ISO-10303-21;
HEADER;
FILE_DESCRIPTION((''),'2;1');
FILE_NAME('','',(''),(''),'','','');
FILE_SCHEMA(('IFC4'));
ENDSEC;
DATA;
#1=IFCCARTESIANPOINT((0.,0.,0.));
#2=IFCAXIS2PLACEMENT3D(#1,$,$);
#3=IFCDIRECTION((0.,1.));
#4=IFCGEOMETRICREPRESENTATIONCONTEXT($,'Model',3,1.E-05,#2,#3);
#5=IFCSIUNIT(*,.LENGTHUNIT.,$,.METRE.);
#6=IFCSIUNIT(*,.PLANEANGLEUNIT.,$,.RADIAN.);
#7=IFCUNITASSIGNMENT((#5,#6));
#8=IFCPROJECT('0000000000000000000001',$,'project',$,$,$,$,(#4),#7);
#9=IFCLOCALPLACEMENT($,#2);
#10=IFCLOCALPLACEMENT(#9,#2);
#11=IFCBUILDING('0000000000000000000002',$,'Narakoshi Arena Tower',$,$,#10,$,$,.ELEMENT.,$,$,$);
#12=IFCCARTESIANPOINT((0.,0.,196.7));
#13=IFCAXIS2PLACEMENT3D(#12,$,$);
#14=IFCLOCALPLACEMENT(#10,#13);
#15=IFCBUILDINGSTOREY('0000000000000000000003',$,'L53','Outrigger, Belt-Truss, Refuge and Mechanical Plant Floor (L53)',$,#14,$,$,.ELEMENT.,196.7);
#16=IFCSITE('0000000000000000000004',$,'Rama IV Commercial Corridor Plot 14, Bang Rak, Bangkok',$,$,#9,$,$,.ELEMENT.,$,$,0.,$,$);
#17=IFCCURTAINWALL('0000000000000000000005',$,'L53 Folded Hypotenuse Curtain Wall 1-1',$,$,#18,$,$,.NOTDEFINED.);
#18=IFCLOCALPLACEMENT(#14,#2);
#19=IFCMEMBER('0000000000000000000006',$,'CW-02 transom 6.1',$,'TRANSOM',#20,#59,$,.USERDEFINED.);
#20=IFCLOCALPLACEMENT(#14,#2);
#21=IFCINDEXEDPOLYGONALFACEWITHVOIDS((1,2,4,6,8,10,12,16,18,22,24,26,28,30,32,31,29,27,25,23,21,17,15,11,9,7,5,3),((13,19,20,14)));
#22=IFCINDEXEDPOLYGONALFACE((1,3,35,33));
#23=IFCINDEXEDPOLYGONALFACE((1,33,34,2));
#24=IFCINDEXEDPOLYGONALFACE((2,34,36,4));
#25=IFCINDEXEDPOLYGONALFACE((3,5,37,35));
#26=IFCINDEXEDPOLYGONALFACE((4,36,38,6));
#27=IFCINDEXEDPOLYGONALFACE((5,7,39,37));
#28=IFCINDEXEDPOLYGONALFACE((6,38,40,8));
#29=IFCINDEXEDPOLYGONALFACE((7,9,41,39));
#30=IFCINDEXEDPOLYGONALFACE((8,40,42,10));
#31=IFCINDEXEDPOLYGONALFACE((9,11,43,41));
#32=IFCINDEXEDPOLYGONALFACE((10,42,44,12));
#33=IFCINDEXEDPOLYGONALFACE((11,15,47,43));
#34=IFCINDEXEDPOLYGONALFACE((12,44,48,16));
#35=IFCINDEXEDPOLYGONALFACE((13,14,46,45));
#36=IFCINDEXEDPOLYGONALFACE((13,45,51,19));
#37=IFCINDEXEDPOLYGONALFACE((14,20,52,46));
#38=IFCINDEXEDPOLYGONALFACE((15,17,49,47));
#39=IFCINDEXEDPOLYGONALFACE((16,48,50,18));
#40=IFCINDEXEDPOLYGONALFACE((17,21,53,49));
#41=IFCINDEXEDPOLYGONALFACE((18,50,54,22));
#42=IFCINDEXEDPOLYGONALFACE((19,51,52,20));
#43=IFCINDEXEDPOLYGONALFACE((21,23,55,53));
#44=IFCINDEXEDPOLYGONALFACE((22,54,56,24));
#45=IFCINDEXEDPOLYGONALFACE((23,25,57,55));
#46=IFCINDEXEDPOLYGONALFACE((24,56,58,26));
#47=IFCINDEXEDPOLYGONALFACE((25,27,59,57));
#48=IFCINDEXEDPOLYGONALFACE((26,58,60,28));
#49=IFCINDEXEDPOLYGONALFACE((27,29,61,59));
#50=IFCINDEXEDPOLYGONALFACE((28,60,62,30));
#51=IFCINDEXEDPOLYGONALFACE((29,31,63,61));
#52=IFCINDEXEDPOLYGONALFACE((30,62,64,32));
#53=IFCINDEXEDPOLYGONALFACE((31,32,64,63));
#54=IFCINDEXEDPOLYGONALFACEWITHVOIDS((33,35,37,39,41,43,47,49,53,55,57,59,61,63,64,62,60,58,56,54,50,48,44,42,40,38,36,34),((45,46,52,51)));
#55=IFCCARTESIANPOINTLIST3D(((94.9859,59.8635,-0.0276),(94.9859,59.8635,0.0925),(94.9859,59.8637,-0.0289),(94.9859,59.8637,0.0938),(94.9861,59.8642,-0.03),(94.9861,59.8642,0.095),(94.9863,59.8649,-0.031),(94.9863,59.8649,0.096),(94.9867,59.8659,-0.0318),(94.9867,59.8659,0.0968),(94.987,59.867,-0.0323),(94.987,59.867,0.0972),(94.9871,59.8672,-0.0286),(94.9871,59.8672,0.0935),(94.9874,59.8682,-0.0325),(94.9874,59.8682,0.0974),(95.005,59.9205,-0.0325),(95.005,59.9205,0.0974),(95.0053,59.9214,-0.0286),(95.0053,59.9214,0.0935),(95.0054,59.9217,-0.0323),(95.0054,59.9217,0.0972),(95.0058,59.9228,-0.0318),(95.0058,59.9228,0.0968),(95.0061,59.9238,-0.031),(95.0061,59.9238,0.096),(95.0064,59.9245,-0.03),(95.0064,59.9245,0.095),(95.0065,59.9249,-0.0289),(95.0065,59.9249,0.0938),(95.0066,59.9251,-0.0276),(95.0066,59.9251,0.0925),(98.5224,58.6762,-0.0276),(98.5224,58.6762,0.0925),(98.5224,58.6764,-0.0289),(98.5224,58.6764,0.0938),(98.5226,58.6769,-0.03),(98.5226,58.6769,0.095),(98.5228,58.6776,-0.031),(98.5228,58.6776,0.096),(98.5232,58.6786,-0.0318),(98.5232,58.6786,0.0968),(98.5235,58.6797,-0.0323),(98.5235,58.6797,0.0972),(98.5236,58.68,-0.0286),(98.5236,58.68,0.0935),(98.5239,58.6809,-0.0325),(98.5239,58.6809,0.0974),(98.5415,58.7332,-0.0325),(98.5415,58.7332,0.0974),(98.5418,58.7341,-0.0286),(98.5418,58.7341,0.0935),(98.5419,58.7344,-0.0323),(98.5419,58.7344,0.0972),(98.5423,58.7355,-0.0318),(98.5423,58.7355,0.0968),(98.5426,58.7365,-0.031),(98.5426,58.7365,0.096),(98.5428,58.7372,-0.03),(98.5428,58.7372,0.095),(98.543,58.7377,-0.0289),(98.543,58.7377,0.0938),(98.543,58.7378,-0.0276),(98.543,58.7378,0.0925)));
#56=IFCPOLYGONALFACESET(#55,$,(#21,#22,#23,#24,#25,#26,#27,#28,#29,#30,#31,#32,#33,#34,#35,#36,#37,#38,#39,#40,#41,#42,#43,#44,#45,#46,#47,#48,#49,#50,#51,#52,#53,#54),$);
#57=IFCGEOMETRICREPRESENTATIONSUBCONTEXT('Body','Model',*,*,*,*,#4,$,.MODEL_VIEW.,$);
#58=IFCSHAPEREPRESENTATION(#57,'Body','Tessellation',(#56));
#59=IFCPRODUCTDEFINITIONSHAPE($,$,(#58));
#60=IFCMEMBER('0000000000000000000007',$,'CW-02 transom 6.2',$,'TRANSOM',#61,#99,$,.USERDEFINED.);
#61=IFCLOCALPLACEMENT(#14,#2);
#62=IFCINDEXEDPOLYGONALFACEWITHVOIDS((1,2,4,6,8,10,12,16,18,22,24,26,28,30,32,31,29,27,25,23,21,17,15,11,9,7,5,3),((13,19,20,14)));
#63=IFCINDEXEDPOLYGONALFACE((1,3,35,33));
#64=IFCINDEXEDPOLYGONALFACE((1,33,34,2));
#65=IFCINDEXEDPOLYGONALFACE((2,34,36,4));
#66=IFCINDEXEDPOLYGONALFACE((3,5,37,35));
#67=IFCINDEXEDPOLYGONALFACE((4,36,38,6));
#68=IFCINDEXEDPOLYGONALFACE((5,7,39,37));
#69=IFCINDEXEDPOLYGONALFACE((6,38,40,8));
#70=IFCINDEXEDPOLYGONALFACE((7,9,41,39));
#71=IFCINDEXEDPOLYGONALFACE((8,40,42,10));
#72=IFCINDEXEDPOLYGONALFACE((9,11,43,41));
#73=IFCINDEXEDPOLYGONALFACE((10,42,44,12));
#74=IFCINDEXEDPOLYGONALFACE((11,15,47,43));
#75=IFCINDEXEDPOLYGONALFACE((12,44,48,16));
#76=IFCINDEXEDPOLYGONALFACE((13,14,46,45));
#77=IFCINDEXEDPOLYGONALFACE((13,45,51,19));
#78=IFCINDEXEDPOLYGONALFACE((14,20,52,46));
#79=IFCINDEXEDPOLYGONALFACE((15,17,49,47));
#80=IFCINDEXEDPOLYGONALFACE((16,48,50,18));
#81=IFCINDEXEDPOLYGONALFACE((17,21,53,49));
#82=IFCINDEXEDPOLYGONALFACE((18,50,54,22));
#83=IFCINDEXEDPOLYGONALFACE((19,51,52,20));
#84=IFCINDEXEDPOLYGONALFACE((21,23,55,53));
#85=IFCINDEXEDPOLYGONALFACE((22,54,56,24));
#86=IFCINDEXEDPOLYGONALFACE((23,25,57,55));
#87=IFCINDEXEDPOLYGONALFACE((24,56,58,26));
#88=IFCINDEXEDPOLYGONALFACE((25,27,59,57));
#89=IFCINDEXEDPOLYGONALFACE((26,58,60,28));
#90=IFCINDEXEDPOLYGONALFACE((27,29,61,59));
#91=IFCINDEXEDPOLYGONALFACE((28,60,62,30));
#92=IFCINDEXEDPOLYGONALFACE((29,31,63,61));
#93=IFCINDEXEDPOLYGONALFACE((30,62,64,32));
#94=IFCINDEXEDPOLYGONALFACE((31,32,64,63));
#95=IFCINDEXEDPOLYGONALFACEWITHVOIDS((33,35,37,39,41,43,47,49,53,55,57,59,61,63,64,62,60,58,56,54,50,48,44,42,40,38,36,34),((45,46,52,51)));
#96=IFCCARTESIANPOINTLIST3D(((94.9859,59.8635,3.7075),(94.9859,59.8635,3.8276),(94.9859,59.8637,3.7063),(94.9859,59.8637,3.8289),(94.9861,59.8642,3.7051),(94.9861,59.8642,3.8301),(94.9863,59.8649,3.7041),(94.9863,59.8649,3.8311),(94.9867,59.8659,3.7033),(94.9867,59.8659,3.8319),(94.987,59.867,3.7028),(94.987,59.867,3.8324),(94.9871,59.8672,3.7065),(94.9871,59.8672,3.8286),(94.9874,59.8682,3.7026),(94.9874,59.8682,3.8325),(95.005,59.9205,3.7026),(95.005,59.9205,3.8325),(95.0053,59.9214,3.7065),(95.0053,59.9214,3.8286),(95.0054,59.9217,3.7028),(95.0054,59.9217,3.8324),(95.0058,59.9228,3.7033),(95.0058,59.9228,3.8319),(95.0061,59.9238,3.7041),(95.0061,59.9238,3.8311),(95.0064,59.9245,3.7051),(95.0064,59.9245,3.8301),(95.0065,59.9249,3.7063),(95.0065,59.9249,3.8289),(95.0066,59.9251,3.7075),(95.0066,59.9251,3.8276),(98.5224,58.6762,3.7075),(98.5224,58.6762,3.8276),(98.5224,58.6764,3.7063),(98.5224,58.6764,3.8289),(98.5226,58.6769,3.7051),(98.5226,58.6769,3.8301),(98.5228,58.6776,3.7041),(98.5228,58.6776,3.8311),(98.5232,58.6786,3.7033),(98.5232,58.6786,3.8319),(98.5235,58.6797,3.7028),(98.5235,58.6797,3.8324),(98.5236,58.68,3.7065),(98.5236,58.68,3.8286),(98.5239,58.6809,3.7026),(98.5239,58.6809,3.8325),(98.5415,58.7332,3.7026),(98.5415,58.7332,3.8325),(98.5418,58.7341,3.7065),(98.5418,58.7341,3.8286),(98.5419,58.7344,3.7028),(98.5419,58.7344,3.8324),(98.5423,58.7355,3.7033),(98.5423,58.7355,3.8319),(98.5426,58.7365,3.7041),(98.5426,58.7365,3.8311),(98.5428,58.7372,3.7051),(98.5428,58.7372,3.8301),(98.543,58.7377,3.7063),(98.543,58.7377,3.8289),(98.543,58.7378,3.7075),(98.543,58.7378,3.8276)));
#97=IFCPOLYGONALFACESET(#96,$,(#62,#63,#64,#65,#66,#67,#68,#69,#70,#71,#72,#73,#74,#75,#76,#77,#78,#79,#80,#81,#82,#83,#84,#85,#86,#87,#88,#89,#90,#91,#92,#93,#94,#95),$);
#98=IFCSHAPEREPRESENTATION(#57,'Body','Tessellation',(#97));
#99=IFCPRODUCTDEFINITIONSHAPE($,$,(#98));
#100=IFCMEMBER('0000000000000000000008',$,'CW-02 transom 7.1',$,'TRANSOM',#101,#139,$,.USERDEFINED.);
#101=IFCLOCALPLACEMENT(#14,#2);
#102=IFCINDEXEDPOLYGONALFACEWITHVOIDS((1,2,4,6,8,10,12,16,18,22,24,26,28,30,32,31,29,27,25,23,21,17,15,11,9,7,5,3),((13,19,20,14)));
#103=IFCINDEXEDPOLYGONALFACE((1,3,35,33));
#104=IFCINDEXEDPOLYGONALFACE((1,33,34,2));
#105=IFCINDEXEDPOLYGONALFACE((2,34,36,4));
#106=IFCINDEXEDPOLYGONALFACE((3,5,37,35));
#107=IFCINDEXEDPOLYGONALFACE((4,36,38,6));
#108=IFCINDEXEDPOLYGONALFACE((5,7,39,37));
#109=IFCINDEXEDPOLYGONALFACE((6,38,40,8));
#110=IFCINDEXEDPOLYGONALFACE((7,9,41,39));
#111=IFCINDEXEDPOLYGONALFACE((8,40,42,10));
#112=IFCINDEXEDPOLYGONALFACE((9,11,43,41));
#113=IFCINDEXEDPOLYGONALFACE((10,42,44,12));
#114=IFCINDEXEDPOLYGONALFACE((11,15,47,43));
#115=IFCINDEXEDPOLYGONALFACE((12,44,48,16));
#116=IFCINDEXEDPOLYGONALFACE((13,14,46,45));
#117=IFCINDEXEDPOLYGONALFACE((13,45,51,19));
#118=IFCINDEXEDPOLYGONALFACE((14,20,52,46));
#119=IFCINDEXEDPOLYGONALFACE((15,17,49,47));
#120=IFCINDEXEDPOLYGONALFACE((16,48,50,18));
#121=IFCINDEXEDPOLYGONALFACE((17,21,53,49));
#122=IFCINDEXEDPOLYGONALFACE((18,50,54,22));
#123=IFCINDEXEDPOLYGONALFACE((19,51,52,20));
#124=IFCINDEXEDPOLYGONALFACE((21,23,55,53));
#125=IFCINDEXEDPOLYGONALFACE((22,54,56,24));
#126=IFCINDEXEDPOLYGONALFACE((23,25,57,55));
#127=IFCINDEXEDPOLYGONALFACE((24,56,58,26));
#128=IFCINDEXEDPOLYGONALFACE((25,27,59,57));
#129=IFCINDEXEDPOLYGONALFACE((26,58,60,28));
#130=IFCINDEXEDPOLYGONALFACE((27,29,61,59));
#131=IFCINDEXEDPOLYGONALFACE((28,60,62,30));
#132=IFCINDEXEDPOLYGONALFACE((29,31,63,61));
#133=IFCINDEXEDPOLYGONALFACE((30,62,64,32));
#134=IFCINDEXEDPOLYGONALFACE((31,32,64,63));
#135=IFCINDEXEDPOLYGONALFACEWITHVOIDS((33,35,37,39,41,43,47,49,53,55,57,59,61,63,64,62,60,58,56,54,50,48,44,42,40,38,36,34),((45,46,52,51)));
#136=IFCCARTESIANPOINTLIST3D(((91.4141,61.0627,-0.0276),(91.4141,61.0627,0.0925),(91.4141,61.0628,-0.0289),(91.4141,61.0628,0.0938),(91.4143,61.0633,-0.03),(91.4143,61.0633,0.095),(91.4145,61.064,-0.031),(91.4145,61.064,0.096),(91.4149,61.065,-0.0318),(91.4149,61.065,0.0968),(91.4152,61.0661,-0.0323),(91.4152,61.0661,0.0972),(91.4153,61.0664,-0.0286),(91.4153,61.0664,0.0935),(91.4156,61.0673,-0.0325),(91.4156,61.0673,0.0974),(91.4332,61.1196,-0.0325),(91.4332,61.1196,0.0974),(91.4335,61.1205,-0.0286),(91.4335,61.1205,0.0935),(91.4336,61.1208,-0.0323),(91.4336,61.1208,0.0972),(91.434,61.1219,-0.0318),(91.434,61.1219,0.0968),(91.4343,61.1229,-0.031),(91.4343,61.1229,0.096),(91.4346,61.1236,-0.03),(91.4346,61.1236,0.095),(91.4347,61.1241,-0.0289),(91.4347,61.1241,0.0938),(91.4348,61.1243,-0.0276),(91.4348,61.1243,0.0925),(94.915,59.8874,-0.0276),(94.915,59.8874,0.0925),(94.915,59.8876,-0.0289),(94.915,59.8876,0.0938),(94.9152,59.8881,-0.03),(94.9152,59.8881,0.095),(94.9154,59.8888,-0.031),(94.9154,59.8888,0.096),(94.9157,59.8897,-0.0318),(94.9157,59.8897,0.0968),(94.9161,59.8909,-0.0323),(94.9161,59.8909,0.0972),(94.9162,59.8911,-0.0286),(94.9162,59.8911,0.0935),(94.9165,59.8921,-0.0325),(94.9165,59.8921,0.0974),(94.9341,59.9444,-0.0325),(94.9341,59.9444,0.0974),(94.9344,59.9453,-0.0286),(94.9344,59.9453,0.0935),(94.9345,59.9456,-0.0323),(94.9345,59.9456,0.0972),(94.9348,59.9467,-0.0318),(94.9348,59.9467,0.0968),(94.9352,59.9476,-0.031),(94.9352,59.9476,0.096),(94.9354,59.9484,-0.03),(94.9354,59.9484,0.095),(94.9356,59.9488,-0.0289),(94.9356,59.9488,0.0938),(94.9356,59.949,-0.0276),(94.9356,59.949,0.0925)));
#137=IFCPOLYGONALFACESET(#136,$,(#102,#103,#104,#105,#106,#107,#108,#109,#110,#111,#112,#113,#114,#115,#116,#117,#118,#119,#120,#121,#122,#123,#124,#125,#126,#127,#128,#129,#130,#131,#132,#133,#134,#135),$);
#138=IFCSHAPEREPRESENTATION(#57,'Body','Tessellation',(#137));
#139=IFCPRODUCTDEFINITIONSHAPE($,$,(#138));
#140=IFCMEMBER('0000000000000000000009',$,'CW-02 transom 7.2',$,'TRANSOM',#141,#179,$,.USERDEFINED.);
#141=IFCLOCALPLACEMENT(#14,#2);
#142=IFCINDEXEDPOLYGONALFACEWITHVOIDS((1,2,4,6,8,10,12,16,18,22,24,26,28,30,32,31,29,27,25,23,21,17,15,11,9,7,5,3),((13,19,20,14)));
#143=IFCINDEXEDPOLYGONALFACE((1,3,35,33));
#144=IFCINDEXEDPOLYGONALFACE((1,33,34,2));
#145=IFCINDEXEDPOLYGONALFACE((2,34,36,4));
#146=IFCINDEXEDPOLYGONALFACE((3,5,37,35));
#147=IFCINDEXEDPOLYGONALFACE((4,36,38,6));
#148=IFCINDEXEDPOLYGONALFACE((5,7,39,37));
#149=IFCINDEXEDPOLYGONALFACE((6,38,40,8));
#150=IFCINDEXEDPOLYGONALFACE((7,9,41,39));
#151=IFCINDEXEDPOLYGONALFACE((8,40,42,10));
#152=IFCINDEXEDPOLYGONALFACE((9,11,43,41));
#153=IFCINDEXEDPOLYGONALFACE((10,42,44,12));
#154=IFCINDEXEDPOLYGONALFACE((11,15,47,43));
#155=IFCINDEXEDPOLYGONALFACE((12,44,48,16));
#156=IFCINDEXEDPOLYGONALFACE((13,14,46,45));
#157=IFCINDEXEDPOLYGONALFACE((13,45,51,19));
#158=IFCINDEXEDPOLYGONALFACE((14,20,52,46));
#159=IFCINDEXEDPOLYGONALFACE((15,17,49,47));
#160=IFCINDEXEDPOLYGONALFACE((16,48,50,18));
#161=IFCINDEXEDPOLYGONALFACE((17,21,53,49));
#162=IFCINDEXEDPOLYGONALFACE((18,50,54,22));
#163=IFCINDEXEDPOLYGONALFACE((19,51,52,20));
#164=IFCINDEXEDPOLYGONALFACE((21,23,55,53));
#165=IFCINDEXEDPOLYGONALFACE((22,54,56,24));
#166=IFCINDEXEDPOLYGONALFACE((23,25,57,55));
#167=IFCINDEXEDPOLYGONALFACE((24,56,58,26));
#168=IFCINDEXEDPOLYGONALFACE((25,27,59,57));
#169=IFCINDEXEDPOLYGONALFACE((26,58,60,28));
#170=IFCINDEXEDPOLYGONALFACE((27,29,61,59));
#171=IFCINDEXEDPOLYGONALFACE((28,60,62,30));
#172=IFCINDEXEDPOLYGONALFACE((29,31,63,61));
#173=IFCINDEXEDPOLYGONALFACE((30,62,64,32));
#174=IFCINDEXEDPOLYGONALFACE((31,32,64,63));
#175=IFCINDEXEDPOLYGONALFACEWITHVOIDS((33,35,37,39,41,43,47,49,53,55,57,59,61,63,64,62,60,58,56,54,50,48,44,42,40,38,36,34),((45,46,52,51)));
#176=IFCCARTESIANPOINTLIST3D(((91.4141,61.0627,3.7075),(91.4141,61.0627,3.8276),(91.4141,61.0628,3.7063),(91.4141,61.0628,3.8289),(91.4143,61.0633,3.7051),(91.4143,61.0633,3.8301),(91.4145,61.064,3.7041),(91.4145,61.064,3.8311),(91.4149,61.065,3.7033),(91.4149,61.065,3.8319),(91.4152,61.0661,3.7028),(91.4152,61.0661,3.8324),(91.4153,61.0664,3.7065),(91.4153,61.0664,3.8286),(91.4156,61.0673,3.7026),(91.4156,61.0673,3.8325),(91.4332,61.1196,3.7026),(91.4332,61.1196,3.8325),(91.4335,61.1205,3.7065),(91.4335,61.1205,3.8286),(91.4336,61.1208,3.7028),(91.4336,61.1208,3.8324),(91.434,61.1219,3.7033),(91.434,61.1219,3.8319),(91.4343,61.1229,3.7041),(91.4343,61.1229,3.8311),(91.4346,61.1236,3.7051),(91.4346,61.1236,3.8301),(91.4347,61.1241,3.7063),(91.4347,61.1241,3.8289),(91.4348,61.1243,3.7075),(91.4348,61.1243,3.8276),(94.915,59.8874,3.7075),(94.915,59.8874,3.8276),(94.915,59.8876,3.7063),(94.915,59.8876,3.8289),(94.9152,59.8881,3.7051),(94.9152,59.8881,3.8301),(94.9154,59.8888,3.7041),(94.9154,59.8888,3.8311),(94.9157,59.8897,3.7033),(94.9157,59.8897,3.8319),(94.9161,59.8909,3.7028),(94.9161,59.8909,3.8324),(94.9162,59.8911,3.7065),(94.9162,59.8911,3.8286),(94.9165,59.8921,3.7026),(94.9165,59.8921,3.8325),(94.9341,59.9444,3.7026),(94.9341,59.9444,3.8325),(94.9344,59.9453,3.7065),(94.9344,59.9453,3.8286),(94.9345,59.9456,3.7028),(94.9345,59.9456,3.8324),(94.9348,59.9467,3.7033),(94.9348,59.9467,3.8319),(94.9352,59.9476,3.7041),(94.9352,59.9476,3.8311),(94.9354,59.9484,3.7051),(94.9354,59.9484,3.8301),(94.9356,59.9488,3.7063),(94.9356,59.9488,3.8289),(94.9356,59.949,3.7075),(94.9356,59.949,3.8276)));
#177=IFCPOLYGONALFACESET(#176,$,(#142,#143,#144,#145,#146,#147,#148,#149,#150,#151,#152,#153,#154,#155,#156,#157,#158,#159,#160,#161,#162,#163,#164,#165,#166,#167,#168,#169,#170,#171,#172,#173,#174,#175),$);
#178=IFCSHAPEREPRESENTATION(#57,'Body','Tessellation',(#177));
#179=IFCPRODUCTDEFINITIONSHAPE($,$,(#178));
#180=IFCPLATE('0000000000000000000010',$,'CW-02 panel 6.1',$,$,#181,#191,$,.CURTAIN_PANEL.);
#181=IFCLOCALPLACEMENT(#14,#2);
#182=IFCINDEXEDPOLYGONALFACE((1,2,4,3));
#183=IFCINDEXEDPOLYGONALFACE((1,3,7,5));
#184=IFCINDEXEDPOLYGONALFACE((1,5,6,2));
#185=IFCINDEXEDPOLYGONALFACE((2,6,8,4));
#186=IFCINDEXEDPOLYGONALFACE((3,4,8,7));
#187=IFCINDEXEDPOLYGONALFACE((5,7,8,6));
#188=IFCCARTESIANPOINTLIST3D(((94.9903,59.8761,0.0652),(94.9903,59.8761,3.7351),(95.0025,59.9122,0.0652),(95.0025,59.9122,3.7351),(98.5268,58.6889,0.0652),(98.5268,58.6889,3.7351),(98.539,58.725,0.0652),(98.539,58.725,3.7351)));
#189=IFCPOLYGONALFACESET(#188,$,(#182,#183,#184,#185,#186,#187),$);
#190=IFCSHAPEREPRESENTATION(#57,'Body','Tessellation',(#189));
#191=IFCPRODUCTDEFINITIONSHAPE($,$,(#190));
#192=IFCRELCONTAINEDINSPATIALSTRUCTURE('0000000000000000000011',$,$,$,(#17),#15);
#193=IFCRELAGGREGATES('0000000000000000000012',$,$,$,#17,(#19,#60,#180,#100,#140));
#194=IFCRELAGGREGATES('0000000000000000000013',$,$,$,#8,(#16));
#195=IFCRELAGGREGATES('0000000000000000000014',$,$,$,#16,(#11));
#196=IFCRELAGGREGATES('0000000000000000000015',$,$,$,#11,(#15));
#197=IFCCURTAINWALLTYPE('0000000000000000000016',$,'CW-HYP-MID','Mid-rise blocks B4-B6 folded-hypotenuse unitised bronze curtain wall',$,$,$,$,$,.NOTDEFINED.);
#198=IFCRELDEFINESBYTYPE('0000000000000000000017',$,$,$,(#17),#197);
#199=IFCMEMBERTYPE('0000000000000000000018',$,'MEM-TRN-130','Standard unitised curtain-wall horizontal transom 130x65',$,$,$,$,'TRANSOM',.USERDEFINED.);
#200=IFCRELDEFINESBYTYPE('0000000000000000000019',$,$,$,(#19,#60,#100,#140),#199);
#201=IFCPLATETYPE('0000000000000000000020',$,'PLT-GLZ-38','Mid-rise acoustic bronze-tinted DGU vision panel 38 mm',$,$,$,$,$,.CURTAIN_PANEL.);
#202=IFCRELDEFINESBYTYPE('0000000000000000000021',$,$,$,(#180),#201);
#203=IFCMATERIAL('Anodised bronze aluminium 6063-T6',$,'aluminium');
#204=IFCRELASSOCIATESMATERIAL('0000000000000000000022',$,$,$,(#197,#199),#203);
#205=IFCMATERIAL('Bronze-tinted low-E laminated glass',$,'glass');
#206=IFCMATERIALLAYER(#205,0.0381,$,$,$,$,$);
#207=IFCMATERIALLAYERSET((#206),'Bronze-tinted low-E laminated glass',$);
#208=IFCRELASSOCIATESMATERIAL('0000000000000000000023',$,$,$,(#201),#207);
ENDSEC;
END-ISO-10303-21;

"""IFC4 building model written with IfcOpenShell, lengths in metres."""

from ifc_helpers import new_model, si_unit, direction, frame, origin, origin_2d, place, context, subcontext, project, spatial, rectangle, hollow_rectangle, extrude, material, layer, layer_set, material_profile, profile_set, type_object, element, aggregate, save


model = new_model("IFC4")

# Units and contexts
model_context = context("Model", 3, precision=1e-05, world=origin(), true_north=direction((0.0, 1.0)))
body_context = subcontext(model_context, "Body", "Model", "MODEL_VIEW")
ifc_project = project(units=[si_unit("LENGTHUNIT", "METRE"), si_unit("PLANEANGLEUNIT", "RADIAN")], contexts=[model_context])

# Site, building, storey
site_placement = place(None, origin())
site = spatial("IfcSite", under=ifc_project, at=site_placement, Name="Rama IV Commercial Corridor Plot 14, Bang Rak, Bangkok", CompositionType="ELEMENT", RefElevation=0.0)
building_placement = place(site_placement, origin())
building = spatial("IfcBuilding", under=site, at=building_placement, Name="Narakoshi Arena Tower", CompositionType="ELEMENT")
storey_placement = place(building_placement, frame((0.0, 0.0, 196.7)))
storey = spatial("IfcBuildingStorey", under=building, at=storey_placement, Name="L53", Description="Outrigger, Belt-Truss, Refuge and Mechanical Plant Floor (L53)", CompositionType="ELEMENT", Elevation=196.7)

# Curtain wall, members, plate
ifc_material_1 = material(Name="Anodised bronze aluminium 6063-T6", Category="aluminium")
curtain_wall_type = type_object("IfcCurtainWallType", Name="CW-HYP-MID", Description="Mid-rise blocks B4-B6 folded-hypotenuse unitised bronze curtain wall", PredefinedType="NOTDEFINED", material=ifc_material_1)
curtain_wall_placement = place(storey_placement, origin())
curtain_wall = element("IfcCurtainWall", 1, at=curtain_wall_placement, inside=storey, type_object=curtain_wall_type, Name="L53 Folded Hypotenuse Curtain Wall 1-1", PredefinedType="NOTDEFINED")
ifc_material_profile_1 = material_profile(ifc_material_1, hollow_rectangle(XDim=0.0649, YDim=0.1299, WallThickness=0.0039, OuterFilletRadius=0.0049, at=origin_2d()), Name="TRN130x65x4")
ifc_profile_set_1 = profile_set([ifc_material_profile_1], Name="Anodised bronze aluminium 6063-T6")
member_type_1 = type_object("IfcMemberType", Name="MEM-TRN-130", Description="Standard unitised curtain-wall horizontal transom 130x65", ElementType="TRANSOM", PredefinedType="USERDEFINED", material=ifc_profile_set_1)
member_1_placement = place(storey_placement, frame((98.5327, 58.707, 0.0325), z_axis=(-0.948, 0.318269, 0.0), x_axis=(-0.318269, -0.948, 0.0)))
member_1 = element("IfcMember", 2, at=member_1_placement, type_object=member_type_1, Name="CW-02 transom 6.1", ObjectType="TRANSOM", PredefinedType="USERDEFINED", context=body_context, shape_type="SweptSolid", body=[
    extrude(hollow_rectangle(XDim=0.0649, YDim=0.1299, WallThickness=0.0039, OuterFilletRadius=0.0049, at=origin_2d()), origin(), (0.0, 0.0, 1.0), 3.7305),
])
member_2_placement = place(storey_placement, frame((98.5327, 58.707, 3.7676), z_axis=(-0.948, 0.318269, 0.0), x_axis=(-0.318269, -0.948, 0.0)))
member_2 = element("IfcMember", 3, at=member_2_placement, type_object=member_type_1, Name="CW-02 transom 6.2", ObjectType="TRANSOM", PredefinedType="USERDEFINED", context=body_context, shape_type="SweptSolid", body=[
    extrude(hollow_rectangle(XDim=0.0649, YDim=0.1299, WallThickness=0.0039, OuterFilletRadius=0.0049, at=origin_2d()), origin(), (0.0, 0.0, 1.0), 3.7305),
])
member_3_placement = place(storey_placement, frame((94.9253, 59.9182, 0.0325), z_axis=(-0.948007, 0.31825, 0.0), x_axis=(-0.31825, -0.948007, 0.0)))
member_3 = element("IfcMember", 4, at=member_3_placement, type_object=member_type_1, Name="CW-02 transom 7.1", ObjectType="TRANSOM", PredefinedType="USERDEFINED", context=body_context, shape_type="SweptSolid", body=[
    extrude(hollow_rectangle(XDim=0.0649, YDim=0.1299, WallThickness=0.0039, OuterFilletRadius=0.0049, at=origin_2d()), origin(), (0.0, 0.0, 1.0), 3.6929),
])
member_4_placement = place(storey_placement, frame((94.9253, 59.9182, 3.7676), z_axis=(-0.948007, 0.31825, 0.0), x_axis=(-0.31825, -0.948007, 0.0)))
member_4 = element("IfcMember", 5, at=member_4_placement, type_object=member_type_1, Name="CW-02 transom 7.2", ObjectType="TRANSOM", PredefinedType="USERDEFINED", context=body_context, shape_type="SweptSolid", body=[
    extrude(hollow_rectangle(XDim=0.0649, YDim=0.1299, WallThickness=0.0039, OuterFilletRadius=0.0049, at=origin_2d()), origin(), (0.0, 0.0, 1.0), 3.6929),
])
ifc_material_2 = material(Name="Bronze-tinted low-E laminated glass", Category="glass")
ifc_layer_1 = layer(ifc_material_2, 0.0381)
ifc_layer_set_1 = layer_set([ifc_layer_1], Name="Bronze-tinted low-E laminated glass")
plate_type = type_object("IfcPlateType", Name="PLT-GLZ-38", Description="Mid-rise acoustic bronze-tinted DGU vision panel 38 mm", PredefinedType="CURTAIN_PANEL", material=ifc_layer_set_1)
plate_1_placement = place(storey_placement, frame((96.7646, 59.3005, 0.0652), z_axis=(0.0, 0.0, 1.0), x_axis=(-0.948003, 0.318261, 0.0)))
plate_1 = element("IfcPlate", 6, at=plate_1_placement, type_object=plate_type, Name="CW-02 panel 6.1", PredefinedType="CURTAIN_PANEL", context=body_context, shape_type="SweptSolid", body=[
    extrude(rectangle(XDim=3.7305, YDim=0.0381, at=origin_2d()), origin(), (0.0, 0.0, 1.0), 3.6699),
])
aggregate(curtain_wall, [member_1, member_2, plate_1, member_3, member_4])

save(model, "model.ifc")
